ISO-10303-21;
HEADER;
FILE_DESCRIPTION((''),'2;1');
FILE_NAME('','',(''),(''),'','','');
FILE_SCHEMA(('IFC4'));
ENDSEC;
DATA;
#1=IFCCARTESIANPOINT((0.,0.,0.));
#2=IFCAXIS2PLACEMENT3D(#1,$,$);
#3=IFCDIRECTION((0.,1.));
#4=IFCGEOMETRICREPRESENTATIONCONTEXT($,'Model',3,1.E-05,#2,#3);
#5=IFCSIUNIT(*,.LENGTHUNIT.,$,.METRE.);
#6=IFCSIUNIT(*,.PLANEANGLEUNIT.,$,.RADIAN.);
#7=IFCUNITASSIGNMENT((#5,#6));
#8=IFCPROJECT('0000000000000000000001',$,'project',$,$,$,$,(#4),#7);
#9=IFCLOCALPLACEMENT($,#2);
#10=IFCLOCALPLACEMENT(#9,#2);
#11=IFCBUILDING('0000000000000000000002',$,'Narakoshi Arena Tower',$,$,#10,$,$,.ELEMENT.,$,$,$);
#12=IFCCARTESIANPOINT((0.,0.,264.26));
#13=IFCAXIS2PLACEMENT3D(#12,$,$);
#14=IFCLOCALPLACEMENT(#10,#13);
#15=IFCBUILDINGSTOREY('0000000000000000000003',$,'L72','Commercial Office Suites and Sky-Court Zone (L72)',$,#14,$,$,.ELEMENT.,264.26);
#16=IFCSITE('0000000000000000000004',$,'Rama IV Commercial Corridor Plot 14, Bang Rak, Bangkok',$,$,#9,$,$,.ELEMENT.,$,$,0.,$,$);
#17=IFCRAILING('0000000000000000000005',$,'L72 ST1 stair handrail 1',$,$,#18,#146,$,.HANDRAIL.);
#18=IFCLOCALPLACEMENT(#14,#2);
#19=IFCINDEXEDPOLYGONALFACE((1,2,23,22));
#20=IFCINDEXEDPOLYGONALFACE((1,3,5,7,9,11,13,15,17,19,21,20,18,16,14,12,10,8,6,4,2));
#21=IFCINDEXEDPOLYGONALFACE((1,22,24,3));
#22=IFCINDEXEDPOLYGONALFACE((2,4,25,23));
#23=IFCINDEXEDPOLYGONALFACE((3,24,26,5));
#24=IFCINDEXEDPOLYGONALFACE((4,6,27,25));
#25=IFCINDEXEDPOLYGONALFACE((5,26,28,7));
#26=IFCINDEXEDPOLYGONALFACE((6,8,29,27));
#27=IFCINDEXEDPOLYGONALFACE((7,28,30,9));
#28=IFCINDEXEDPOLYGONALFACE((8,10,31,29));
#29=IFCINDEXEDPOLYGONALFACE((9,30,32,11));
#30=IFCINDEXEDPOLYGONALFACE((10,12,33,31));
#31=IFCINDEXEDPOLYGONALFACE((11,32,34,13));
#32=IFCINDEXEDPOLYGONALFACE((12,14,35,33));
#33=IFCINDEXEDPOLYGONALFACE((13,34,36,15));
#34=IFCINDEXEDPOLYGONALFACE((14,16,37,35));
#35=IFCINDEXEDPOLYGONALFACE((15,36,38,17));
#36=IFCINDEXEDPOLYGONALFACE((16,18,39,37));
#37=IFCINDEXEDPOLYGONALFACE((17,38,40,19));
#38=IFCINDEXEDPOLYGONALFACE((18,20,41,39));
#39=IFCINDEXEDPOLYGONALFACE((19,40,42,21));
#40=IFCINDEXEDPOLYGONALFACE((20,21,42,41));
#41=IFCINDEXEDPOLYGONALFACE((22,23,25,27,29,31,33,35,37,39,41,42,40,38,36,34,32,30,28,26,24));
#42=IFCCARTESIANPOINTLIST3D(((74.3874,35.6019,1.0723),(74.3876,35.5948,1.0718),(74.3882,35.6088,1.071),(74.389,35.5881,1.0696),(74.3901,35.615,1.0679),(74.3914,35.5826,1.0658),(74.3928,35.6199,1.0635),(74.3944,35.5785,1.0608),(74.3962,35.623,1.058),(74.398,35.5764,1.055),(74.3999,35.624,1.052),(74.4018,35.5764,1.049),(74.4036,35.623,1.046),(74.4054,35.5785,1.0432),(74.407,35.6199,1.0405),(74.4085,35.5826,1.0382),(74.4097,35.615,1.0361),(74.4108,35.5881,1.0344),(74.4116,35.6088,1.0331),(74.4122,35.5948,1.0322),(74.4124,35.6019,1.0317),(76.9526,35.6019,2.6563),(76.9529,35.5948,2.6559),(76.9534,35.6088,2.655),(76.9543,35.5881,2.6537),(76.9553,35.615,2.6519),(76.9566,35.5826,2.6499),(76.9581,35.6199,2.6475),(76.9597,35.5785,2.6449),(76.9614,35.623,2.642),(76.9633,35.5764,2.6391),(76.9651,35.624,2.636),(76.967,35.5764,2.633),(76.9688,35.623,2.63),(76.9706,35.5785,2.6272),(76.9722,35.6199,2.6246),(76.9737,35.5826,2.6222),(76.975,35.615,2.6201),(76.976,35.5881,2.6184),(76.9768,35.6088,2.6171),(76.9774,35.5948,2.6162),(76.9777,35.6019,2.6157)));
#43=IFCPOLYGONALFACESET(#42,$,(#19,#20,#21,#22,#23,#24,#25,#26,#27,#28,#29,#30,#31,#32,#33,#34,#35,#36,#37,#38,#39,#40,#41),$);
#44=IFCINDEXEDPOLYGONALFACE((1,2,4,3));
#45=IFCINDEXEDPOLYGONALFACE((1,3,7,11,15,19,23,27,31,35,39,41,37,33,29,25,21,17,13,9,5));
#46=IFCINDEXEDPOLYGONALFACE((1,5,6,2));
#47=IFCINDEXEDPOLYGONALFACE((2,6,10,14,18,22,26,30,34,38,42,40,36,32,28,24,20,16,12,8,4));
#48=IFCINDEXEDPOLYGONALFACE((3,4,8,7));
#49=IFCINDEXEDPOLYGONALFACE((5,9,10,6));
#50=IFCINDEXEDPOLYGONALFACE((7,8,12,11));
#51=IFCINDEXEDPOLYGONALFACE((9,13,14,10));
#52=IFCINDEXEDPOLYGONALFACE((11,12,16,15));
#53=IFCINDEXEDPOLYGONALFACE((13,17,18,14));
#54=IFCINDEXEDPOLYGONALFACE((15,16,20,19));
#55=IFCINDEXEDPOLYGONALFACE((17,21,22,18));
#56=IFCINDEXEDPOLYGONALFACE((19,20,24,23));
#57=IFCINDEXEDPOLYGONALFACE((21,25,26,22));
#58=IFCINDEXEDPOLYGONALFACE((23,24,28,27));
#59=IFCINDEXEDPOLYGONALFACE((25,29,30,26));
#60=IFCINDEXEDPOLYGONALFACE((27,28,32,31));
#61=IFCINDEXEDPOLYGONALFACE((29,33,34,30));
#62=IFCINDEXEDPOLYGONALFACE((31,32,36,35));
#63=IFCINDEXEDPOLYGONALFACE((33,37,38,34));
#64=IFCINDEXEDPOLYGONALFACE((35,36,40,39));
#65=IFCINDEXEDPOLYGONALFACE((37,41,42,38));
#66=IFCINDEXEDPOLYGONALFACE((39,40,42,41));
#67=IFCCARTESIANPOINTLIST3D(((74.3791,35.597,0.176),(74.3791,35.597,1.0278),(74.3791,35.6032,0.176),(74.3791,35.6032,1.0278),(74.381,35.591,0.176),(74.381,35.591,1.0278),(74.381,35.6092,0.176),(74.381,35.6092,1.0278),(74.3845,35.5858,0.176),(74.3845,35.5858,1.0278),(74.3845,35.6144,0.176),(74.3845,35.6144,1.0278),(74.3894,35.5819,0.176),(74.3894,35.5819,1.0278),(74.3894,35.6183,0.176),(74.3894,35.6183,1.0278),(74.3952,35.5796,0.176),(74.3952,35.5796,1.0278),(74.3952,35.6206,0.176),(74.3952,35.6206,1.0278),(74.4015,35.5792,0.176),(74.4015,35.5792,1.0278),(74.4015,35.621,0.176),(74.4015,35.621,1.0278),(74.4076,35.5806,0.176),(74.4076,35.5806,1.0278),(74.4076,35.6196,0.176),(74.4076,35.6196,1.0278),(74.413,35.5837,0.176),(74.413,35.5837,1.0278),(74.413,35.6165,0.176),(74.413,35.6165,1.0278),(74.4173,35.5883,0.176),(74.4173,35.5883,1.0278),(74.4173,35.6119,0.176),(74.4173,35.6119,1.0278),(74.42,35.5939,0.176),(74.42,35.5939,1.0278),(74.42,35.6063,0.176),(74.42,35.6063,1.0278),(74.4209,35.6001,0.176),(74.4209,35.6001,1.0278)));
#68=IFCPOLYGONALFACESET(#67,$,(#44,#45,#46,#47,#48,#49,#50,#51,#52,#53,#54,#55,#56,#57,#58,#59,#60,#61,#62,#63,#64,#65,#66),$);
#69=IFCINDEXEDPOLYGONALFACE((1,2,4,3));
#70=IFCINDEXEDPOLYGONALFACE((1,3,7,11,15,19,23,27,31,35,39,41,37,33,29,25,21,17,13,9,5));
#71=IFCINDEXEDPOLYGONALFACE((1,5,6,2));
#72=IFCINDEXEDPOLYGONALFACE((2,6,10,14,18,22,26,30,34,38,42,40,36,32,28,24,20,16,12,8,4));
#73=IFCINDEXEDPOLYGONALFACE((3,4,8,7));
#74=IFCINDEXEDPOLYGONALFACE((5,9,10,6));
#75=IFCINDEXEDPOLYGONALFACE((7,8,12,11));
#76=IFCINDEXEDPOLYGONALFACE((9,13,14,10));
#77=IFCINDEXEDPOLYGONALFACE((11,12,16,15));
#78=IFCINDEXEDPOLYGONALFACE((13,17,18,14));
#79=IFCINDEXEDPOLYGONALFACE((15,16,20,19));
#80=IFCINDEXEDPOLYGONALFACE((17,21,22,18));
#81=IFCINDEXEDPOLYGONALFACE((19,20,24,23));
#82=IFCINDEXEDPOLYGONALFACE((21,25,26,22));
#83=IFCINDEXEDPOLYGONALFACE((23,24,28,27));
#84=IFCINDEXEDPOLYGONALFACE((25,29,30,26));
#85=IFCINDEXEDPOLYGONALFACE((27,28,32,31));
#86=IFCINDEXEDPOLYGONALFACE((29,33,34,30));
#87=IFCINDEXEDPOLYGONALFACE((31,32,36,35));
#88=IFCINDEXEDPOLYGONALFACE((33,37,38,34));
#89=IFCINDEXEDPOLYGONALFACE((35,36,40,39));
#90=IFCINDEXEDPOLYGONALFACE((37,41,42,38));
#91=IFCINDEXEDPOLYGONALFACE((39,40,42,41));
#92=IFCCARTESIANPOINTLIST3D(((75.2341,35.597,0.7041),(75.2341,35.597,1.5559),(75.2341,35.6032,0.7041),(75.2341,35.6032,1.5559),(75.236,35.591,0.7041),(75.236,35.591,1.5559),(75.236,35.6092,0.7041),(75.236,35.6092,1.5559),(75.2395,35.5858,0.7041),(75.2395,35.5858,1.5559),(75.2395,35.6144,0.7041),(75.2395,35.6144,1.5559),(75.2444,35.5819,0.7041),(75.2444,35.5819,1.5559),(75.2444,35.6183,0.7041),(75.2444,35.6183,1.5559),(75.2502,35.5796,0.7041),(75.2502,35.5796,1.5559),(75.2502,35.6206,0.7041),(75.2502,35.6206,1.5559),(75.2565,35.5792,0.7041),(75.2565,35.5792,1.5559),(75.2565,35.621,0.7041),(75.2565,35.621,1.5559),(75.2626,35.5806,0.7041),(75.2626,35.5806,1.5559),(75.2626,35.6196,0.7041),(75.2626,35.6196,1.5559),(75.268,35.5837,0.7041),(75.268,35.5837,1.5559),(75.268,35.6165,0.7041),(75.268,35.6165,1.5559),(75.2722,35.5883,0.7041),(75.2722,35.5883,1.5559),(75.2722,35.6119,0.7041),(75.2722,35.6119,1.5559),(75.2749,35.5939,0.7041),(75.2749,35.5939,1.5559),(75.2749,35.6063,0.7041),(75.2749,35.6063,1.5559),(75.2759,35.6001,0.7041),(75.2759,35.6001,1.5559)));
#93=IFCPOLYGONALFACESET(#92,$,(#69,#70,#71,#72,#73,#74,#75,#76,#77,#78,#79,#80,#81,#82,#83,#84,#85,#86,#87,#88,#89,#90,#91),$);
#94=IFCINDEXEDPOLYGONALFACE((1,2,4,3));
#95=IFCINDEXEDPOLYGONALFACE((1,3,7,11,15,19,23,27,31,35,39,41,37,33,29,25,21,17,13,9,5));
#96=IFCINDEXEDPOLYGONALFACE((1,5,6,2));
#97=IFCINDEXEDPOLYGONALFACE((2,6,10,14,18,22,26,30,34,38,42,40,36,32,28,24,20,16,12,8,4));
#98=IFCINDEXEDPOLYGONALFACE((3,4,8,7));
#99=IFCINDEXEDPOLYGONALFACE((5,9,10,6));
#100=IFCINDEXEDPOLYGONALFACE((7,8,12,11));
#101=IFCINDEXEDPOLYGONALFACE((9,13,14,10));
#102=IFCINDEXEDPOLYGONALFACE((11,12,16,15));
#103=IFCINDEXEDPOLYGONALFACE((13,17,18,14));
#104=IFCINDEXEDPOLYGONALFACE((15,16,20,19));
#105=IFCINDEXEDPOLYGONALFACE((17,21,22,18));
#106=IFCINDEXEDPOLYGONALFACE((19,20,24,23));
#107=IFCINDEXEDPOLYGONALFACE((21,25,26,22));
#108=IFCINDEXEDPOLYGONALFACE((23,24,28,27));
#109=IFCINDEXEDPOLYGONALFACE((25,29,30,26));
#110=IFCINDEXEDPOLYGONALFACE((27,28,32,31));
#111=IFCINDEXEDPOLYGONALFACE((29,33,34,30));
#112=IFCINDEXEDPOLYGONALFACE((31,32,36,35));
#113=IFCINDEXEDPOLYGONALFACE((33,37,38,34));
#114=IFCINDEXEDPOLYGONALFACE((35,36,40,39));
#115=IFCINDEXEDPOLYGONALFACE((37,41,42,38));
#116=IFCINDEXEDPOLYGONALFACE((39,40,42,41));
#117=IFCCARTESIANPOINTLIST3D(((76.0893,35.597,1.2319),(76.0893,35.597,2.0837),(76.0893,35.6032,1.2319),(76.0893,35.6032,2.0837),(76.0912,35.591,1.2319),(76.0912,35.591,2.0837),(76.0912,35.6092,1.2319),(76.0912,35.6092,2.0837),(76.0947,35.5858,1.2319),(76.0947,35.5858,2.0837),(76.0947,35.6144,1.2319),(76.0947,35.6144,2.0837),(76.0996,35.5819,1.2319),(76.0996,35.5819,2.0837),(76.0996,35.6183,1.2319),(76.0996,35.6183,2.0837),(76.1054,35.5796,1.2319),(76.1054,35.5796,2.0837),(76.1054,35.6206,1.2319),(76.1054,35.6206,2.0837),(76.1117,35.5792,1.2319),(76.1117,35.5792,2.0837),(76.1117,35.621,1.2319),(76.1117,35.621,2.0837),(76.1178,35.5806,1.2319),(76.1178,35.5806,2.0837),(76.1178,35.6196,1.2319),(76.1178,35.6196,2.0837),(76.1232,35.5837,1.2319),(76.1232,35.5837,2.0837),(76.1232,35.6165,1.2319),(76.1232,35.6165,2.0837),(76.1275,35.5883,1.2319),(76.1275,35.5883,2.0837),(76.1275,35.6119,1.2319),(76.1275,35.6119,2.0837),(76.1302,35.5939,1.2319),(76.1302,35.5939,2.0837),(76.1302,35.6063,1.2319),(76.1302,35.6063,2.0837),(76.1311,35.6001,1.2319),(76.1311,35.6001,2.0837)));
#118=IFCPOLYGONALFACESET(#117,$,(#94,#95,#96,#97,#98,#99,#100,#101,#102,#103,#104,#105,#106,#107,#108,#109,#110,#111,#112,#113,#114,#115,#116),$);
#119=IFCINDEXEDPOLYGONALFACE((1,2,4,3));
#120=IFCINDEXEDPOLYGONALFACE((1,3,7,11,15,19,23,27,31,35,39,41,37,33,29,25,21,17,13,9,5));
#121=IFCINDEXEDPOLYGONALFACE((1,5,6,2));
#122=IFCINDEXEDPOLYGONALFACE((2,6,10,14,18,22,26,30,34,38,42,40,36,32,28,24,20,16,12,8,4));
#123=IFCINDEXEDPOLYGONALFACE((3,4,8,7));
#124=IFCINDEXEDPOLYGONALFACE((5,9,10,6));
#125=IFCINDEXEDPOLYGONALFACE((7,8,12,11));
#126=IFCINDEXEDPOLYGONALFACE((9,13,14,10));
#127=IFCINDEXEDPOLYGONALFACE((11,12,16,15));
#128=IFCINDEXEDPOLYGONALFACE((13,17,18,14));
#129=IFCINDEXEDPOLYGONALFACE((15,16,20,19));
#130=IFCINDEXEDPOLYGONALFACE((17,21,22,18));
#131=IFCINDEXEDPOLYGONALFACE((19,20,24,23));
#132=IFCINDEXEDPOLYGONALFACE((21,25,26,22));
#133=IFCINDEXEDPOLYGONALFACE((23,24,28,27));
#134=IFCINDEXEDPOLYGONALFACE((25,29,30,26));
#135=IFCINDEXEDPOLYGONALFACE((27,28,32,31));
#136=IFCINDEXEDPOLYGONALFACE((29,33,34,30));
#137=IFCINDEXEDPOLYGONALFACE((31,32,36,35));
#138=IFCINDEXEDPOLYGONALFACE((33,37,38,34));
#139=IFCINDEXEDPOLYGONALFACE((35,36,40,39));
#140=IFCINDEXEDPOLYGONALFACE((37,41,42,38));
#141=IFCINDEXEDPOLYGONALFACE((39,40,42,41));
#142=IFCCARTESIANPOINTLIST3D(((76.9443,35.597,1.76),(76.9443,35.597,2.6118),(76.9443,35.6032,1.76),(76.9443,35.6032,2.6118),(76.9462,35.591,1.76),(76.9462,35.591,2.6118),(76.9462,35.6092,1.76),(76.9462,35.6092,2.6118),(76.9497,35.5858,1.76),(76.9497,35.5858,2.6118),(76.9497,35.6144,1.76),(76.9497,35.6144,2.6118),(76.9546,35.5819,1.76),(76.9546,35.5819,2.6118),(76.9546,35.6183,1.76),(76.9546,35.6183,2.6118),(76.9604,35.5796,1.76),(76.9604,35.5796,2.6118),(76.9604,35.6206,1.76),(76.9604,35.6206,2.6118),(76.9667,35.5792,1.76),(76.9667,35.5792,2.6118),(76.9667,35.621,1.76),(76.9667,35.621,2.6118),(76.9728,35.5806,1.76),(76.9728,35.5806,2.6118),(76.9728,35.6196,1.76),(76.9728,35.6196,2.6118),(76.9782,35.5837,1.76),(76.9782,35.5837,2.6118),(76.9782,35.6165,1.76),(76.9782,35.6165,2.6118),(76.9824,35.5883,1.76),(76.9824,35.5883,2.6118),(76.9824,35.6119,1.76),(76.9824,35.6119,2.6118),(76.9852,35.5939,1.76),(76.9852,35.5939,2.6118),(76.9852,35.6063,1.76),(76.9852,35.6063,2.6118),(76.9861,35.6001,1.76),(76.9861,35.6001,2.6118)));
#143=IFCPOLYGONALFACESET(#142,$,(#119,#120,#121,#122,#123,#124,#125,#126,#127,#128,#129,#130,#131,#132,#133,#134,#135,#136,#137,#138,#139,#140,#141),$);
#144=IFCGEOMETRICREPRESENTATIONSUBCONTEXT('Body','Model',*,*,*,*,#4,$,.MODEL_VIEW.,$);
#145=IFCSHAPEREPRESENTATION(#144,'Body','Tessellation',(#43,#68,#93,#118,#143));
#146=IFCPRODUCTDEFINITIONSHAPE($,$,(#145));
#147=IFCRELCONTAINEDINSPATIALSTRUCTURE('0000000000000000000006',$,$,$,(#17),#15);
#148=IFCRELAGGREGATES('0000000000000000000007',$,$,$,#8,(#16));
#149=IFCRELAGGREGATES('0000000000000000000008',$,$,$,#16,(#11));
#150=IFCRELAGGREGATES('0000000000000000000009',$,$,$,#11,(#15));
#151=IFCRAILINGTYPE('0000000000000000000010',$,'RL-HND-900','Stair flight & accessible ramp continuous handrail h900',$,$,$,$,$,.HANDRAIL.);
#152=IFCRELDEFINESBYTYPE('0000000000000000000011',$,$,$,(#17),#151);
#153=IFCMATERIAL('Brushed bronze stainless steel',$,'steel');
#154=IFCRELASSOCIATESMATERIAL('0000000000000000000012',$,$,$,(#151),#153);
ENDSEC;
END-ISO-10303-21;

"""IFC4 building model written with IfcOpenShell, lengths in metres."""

from ifc_helpers import new_model, si_unit, direction, frame, origin, origin_2d, place, context, subcontext, project, spatial, circle, extrude, material, type_object, element, save


model = new_model("IFC4")

# Units and contexts
model_context = context("Model", 3, precision=1e-05, world=origin(), true_north=direction((0.0, 1.0)))
body_context = subcontext(model_context, "Body", "Model", "MODEL_VIEW")
ifc_project = project(units=[si_unit("LENGTHUNIT", "METRE"), si_unit("PLANEANGLEUNIT", "RADIAN")], contexts=[model_context])

# Site, building, storey
site_placement = place(None, origin())
site = spatial("IfcSite", under=ifc_project, at=site_placement, Name="Rama IV Commercial Corridor Plot 14, Bang Rak, Bangkok", CompositionType="ELEMENT", RefElevation=0.0)
building_placement = place(site_placement, origin())
building = spatial("IfcBuilding", under=site, at=building_placement, Name="Narakoshi Arena Tower", CompositionType="ELEMENT")
storey_placement = place(building_placement, frame((0.0, 0.0, 264.26)))
storey = spatial("IfcBuildingStorey", under=building, at=storey_placement, Name="L72", Description="Commercial Office Suites and Sky-Court Zone (L72)", CompositionType="ELEMENT", Elevation=264.26)

# Railing
ifc_material_1 = material(Name="Brushed bronze stainless steel", Category="steel")
railing_type_1 = type_object("IfcRailingType", Name="RL-HND-900", Description="Stair flight & accessible ramp continuous handrail h900", PredefinedType="HANDRAIL", material=ifc_material_1)
railing_1_placement = place(storey_placement, frame((74.3999, 35.6001, 0.176)))
element("IfcRailing", 1, at=railing_1_placement, inside=storey, type_object=railing_type_1, Name="L72 ST1 stair handrail 1", PredefinedType="HANDRAIL", context=body_context, shape_type="SweptSolid", body=[
    extrude(circle(Radius=0.0239, at=origin_2d()), frame((0.0, 0.0, 0.876), z_axis=(0.850857, 0.0, 0.525398), x_axis=(0.0, 1.0, 0.0)), (0.0, 0.0, 1.0), 3.0149),
    extrude(circle(Radius=0.021, at=origin_2d()), origin(), (0.0, 0.0, 1.0), 0.8518),
    extrude(circle(Radius=0.021, at=origin_2d()), frame((0.855, 0.0, 0.5281)), (0.0, 0.0, 1.0), 0.8518),
    extrude(circle(Radius=0.021, at=origin_2d()), frame((1.7102, 0.0, 1.0559)), (0.0, 0.0, 1.0), 0.8518),
    extrude(circle(Radius=0.021, at=origin_2d()), frame((2.5652, 0.0, 1.584)), (0.0, 0.0, 1.0), 0.8518),
])

save(model, "model.ifc")
